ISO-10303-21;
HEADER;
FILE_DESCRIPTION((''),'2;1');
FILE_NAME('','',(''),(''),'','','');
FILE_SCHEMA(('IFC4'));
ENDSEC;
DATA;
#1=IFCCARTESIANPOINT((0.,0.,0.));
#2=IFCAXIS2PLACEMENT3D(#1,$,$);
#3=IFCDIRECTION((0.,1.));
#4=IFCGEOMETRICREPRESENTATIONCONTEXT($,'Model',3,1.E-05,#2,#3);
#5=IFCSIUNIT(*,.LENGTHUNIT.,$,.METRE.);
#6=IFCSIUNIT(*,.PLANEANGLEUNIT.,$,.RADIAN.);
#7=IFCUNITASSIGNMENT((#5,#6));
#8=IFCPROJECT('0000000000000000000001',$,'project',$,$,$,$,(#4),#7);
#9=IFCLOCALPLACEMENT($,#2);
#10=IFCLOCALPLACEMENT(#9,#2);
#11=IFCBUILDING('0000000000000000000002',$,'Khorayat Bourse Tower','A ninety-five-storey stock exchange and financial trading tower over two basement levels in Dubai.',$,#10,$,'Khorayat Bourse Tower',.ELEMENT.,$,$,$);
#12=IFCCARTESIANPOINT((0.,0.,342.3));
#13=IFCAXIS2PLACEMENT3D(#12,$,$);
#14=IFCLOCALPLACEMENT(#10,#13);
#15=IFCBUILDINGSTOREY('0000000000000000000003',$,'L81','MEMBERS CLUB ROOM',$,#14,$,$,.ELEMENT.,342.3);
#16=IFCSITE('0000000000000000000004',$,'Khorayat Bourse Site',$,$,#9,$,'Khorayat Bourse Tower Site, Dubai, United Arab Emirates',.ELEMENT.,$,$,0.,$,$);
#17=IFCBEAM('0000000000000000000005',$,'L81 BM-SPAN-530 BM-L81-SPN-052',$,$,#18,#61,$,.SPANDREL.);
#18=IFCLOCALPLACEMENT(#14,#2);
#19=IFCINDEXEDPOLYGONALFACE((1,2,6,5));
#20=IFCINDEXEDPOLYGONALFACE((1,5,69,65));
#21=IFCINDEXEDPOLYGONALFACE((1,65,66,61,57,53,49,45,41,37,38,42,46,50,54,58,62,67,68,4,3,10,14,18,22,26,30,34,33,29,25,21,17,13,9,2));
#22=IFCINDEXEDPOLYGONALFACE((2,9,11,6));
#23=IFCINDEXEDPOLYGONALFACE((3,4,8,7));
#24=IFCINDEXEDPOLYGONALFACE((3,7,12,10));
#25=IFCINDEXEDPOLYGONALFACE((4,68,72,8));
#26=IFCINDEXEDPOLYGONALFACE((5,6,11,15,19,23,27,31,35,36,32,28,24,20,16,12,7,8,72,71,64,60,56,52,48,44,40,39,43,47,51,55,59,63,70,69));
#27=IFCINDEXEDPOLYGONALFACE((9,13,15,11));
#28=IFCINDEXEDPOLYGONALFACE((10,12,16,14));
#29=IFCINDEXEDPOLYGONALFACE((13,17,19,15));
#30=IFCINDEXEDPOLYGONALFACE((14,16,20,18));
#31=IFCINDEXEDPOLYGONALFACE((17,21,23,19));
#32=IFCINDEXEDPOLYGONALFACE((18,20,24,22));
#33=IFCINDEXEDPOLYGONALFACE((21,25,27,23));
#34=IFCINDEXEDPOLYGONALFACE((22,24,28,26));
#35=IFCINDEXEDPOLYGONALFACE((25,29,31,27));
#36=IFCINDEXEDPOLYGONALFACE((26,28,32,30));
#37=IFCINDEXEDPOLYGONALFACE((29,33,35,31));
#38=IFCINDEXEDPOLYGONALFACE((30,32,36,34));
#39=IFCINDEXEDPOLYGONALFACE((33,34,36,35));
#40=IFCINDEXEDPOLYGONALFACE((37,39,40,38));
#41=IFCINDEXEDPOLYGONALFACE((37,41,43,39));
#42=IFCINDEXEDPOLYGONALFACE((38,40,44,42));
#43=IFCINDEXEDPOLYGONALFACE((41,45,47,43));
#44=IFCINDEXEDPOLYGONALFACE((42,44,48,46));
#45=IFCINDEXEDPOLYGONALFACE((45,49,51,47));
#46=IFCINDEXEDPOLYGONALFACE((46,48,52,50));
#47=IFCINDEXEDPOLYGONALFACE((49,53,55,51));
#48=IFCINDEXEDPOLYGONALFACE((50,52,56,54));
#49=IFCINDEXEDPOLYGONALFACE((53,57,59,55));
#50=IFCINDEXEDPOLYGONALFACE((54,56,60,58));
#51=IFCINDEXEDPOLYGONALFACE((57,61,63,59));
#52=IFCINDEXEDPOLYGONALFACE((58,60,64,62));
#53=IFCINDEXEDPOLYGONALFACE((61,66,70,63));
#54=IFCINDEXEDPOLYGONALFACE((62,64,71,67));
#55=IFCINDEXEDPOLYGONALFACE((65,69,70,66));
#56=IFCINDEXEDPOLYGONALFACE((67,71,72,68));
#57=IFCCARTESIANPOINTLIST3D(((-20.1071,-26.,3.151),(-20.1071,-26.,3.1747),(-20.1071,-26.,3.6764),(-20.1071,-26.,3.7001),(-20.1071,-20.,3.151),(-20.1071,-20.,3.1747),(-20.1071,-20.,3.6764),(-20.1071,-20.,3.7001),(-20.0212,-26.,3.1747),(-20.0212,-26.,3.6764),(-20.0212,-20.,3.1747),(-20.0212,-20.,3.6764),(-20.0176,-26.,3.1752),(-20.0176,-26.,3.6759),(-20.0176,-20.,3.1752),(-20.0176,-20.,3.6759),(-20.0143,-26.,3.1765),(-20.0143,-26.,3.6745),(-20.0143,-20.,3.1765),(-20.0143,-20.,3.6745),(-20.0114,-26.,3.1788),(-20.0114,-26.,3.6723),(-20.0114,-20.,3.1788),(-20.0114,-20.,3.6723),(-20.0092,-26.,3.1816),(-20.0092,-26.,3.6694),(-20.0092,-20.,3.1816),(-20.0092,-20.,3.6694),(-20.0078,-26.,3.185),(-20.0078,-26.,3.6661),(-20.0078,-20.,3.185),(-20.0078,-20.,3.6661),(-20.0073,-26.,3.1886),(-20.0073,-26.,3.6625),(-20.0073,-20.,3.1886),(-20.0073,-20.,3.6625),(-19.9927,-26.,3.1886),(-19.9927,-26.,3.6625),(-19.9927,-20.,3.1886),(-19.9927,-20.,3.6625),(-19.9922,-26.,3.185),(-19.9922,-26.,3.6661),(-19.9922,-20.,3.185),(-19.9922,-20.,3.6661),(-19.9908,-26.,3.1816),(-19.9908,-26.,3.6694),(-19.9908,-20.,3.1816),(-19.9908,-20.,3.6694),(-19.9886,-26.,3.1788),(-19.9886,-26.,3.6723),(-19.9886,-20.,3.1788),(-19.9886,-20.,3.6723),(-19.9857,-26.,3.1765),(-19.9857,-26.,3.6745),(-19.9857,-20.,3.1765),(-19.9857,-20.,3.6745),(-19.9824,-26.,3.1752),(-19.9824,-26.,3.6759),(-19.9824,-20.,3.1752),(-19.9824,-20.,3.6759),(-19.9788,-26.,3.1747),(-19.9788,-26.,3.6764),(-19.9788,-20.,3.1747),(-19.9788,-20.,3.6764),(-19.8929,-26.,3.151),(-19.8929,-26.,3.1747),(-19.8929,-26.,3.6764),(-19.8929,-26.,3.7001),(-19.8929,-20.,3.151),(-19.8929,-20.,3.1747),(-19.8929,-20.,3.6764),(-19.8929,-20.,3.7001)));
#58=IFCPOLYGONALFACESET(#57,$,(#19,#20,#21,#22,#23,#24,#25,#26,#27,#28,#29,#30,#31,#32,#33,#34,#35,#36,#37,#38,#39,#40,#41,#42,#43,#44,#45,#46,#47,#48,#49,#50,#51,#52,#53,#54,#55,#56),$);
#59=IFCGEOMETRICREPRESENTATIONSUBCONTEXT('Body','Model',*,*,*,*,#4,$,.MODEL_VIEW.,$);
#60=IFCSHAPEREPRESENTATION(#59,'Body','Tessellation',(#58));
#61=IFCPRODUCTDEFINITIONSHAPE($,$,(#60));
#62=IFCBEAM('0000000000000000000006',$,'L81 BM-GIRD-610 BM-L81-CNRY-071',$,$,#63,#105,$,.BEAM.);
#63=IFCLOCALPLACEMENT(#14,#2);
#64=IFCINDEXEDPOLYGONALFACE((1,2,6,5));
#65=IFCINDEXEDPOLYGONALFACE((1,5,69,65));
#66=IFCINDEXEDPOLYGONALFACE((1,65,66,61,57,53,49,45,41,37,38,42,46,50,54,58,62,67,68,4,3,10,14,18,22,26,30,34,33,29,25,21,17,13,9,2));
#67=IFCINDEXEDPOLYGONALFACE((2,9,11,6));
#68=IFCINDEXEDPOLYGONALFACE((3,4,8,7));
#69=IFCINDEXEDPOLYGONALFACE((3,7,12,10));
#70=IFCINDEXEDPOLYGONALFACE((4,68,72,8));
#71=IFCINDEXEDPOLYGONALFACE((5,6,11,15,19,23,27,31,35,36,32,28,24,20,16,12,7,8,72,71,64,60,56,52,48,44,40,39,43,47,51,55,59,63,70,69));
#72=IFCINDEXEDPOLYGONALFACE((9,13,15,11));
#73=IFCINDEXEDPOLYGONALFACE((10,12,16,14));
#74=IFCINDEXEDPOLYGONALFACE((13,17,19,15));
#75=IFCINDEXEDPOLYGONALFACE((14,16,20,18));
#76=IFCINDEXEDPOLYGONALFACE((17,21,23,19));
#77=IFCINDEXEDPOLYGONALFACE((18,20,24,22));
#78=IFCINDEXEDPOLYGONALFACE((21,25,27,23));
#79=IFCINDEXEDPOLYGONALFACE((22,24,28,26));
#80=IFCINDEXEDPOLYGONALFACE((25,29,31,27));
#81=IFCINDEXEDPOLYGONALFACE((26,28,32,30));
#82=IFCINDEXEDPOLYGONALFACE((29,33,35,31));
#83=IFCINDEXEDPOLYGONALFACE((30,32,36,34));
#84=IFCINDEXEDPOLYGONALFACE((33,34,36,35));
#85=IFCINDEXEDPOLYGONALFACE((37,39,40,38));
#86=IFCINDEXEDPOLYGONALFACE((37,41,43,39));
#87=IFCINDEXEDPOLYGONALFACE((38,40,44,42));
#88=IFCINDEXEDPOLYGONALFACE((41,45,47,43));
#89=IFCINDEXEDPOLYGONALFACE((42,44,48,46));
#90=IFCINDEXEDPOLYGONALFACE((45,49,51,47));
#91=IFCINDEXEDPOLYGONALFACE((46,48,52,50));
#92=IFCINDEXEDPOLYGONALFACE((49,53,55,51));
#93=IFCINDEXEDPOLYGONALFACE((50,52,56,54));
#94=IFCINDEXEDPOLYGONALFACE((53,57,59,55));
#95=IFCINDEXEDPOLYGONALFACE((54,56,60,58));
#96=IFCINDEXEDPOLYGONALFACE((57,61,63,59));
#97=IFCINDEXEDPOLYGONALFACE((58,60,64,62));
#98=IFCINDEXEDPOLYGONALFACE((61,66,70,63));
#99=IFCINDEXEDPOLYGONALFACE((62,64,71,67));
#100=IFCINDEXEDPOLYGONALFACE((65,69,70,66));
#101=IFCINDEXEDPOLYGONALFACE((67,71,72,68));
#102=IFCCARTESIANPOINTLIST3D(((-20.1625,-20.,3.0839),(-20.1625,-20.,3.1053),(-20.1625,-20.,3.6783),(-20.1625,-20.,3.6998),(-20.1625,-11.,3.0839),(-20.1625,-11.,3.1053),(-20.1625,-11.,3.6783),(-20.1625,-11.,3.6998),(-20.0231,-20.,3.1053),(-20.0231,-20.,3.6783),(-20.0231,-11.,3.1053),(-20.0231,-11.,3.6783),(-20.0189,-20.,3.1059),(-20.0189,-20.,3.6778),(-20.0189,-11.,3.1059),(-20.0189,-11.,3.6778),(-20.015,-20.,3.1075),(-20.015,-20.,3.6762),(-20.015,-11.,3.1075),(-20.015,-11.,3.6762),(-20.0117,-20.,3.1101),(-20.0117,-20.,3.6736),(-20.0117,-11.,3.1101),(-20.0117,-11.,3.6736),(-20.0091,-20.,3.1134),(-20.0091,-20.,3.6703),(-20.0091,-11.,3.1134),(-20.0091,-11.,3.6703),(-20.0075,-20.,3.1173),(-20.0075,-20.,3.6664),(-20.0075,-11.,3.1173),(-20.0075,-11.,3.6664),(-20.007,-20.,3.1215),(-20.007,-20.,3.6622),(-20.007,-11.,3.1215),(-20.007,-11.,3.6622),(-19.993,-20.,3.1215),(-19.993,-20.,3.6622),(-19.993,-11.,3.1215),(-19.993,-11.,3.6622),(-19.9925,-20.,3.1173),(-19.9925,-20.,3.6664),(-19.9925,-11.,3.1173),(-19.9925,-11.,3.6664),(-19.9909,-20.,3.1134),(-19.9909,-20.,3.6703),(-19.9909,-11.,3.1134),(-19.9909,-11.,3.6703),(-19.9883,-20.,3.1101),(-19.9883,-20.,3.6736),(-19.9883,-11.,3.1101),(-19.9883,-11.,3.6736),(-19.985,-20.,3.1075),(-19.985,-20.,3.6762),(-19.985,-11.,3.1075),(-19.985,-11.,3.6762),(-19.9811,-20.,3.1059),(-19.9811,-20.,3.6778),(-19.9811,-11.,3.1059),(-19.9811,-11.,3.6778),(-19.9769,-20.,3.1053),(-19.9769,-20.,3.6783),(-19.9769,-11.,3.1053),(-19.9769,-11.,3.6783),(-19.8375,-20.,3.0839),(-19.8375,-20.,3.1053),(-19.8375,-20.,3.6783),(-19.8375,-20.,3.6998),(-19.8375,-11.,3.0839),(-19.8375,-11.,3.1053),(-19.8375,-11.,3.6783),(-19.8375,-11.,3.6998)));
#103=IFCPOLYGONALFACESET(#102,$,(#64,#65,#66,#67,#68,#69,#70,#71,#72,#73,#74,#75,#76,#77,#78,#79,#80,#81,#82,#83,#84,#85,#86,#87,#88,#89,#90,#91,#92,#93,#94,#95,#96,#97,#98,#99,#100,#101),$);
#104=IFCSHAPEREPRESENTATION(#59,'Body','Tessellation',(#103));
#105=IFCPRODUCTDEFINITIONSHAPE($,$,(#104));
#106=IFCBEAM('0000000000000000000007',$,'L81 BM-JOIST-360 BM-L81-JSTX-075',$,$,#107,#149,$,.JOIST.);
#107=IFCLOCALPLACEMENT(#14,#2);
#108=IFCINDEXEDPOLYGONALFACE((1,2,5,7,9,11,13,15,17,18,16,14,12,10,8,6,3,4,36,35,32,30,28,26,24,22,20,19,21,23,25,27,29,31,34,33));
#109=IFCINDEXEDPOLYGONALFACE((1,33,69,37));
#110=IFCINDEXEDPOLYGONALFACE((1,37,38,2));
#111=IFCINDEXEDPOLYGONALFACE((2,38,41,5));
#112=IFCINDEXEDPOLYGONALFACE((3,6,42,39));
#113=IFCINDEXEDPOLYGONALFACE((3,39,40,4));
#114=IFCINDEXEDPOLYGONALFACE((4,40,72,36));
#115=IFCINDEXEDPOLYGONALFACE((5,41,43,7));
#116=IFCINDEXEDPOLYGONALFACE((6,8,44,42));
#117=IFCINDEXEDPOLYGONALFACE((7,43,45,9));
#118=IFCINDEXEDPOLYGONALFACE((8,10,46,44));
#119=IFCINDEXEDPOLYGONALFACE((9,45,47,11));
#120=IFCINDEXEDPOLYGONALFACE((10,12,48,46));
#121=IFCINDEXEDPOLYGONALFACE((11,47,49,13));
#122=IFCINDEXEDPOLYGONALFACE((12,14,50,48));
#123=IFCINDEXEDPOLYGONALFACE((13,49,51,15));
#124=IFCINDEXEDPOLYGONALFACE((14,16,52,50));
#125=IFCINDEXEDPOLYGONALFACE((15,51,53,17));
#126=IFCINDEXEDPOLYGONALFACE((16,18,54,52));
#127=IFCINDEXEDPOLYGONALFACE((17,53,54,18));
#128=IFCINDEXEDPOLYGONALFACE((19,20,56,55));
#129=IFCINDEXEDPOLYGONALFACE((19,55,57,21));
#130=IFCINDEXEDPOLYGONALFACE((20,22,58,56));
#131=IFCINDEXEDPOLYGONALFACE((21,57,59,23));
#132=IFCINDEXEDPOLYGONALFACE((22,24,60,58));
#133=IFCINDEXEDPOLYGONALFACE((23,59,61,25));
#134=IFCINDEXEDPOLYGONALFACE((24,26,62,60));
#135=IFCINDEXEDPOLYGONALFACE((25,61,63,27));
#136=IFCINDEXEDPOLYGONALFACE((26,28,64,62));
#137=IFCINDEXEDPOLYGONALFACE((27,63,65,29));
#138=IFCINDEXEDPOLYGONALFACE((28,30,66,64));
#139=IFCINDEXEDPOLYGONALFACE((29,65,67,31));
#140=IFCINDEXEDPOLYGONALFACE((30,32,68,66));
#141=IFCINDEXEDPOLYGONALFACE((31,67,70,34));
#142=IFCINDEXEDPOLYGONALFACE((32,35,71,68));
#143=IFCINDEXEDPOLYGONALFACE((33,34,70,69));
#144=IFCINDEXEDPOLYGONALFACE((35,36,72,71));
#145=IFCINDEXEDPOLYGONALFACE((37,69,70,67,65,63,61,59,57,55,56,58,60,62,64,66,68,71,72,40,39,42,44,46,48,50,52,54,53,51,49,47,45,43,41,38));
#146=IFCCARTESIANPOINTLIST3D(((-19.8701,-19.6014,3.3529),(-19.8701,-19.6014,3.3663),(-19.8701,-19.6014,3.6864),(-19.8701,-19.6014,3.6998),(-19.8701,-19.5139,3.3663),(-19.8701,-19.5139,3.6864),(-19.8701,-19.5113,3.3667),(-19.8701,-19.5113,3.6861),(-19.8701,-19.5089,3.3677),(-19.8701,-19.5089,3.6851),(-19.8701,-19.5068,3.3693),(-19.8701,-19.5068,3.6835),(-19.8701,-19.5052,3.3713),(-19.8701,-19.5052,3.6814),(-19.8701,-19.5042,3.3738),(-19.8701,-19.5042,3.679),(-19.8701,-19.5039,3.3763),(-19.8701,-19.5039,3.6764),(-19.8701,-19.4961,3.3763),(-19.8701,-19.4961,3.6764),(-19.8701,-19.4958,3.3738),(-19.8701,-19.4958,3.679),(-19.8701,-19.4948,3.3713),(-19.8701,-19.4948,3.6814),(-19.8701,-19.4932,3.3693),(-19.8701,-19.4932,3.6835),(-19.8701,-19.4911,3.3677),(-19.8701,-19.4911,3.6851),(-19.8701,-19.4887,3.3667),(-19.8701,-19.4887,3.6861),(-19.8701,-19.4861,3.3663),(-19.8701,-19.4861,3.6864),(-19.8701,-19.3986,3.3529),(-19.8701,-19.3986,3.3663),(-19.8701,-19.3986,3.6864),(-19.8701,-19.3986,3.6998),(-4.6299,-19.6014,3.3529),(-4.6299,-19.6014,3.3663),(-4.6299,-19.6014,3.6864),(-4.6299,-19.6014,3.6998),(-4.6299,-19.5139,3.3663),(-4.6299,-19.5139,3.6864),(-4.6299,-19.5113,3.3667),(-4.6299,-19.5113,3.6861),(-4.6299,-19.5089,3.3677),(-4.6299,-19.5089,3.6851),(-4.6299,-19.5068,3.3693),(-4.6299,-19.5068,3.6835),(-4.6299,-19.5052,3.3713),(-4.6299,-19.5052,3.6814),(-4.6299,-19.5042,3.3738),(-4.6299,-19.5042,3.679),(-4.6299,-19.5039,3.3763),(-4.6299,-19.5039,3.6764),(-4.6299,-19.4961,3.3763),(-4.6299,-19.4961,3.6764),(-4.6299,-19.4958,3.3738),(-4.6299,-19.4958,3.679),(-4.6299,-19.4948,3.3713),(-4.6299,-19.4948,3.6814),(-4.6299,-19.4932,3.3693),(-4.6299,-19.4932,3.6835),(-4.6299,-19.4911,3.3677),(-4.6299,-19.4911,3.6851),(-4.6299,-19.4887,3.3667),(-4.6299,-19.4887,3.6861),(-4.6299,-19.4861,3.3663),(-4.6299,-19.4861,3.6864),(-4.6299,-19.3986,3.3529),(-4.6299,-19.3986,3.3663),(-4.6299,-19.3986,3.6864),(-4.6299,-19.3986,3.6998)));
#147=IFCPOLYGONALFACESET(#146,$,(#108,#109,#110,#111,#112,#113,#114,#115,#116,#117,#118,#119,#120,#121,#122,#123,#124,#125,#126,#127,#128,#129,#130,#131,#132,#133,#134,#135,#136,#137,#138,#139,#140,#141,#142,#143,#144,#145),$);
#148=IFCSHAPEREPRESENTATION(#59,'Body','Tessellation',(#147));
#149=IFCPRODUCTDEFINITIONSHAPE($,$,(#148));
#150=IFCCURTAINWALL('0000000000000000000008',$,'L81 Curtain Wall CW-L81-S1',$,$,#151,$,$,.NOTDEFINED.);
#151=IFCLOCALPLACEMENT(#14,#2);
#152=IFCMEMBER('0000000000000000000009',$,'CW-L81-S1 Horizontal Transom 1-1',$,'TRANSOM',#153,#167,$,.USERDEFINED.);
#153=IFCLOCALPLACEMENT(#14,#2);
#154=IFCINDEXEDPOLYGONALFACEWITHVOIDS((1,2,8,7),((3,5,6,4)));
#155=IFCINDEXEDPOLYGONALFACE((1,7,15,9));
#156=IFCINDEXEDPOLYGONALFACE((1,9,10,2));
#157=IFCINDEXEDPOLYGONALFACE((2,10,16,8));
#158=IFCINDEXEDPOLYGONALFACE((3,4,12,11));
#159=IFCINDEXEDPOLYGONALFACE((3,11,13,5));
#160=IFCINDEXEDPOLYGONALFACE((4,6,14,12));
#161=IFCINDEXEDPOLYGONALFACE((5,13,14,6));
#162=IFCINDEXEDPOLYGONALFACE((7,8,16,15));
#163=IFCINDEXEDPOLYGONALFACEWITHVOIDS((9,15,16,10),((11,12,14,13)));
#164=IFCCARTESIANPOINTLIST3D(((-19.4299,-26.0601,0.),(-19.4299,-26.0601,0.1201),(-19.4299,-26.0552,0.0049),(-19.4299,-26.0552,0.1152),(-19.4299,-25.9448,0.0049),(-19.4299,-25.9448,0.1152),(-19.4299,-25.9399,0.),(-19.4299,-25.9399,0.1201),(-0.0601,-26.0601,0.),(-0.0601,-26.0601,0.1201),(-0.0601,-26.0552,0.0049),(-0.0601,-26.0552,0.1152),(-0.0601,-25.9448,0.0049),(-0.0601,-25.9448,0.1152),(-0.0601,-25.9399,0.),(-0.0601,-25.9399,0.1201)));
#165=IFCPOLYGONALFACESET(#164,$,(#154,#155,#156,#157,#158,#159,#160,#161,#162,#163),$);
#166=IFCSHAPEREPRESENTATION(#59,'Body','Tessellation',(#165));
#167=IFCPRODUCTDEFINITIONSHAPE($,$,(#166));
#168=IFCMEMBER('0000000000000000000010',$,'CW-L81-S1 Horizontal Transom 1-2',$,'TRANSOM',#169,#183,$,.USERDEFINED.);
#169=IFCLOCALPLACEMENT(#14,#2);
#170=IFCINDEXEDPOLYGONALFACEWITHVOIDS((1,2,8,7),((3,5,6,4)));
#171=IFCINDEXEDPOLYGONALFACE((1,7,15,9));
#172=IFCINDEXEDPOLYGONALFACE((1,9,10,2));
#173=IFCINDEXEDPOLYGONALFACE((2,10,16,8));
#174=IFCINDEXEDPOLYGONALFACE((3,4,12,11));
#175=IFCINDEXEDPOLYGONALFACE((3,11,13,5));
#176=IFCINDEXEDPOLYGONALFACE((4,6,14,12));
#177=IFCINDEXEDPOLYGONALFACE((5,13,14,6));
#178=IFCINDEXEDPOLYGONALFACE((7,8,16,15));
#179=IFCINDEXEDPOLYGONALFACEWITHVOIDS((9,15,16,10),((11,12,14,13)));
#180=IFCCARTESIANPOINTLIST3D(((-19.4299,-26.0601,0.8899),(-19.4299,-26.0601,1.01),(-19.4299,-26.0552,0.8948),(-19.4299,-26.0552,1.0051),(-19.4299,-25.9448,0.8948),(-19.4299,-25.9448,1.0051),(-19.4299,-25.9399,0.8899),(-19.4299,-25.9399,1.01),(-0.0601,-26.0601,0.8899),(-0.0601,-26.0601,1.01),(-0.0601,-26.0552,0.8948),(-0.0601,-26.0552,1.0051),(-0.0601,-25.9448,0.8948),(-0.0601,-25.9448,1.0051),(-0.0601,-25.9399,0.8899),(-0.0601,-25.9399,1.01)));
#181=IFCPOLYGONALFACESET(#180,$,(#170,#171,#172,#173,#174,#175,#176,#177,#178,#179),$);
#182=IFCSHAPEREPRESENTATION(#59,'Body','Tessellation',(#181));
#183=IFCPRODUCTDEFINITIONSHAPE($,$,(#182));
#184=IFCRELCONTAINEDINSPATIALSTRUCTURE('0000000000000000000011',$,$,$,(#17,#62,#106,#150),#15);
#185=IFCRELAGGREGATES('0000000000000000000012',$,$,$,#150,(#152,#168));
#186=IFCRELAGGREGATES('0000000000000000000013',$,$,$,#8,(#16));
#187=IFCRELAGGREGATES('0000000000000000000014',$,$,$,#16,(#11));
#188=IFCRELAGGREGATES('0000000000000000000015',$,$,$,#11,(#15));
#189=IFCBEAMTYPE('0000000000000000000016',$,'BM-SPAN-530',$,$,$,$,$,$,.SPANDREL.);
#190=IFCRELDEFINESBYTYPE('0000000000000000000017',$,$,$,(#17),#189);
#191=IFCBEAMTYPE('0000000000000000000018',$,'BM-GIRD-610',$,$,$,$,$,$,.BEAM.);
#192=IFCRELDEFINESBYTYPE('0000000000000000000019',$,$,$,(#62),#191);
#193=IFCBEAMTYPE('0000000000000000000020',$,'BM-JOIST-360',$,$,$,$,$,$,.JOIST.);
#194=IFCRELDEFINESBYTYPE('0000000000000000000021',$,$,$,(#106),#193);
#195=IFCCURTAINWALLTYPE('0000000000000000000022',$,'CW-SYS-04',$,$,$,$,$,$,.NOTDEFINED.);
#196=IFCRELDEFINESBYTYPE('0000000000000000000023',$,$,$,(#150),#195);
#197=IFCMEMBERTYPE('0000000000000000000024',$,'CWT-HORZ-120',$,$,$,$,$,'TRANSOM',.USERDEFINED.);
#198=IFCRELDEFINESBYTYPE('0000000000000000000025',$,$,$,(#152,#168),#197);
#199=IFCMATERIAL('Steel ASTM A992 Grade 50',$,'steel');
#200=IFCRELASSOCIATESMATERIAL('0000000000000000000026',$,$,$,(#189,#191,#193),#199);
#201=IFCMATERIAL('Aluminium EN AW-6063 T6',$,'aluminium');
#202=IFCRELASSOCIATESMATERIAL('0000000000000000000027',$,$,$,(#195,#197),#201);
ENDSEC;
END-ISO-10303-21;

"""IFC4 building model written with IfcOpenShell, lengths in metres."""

from ifc_helpers import new_model, si_unit, direction, frame, origin, origin_2d, place, context, subcontext, project, spatial, hollow_rectangle, i_section, extrude, source, transform, mapped, material, material_profile, profile_set, type_object, element, aggregate, save


model = new_model("IFC4")

# Units and contexts
model_context = context("Model", 3, precision=1e-05, world=origin(), true_north=direction((0.0, 1.0)))
body_context = subcontext(model_context, "Body", "Model", "MODEL_VIEW")
ifc_project = project(units=[si_unit("LENGTHUNIT", "METRE"), si_unit("PLANEANGLEUNIT", "RADIAN")], contexts=[model_context])

# Site, building, storey
site_placement = place(None, origin())
site = spatial("IfcSite", under=ifc_project, at=site_placement, Name="Khorayat Bourse Site", LongName="Khorayat Bourse Tower Site, Dubai, United Arab Emirates", CompositionType="ELEMENT", RefElevation=0.0)
building_placement = place(site_placement, origin())
building = spatial("IfcBuilding", under=site, at=building_placement, Name="Khorayat Bourse Tower", Description="A ninety-five-storey stock exchange and financial trading tower over two basement levels in Dubai.", LongName="Khorayat Bourse Tower", CompositionType="ELEMENT")
storey_placement = place(building_placement, frame((0.0, 0.0, 342.3)))
storey = spatial("IfcBuildingStorey", under=building, at=storey_placement, Name="L81", Description="MEMBERS CLUB ROOM", CompositionType="ELEMENT", Elevation=342.3)

# Beams
ifc_material_1 = material(Name="Steel ASTM A992 Grade 50", Category="steel")
ifc_material_profile_1 = material_profile(ifc_material_1, i_section(OverallWidth=0.2141, OverallDepth=0.5491, WebThickness=0.0146, FlangeThickness=0.0237, FilletRadius=0.0139, at=origin_2d()), Name="W530X138")
ifc_profile_set_1 = profile_set([ifc_material_profile_1], Name="Steel ASTM A992 Grade 50")
beam_type_1 = type_object("IfcBeamType", Name="BM-SPAN-530", PredefinedType="SPANDREL", material=ifc_profile_set_1)
shared_shape_1 = source(origin(), body_context, "Body", "SweptSolid", [
    extrude(i_section(OverallWidth=0.2141, OverallDepth=0.5491, WebThickness=0.0146, FlangeThickness=0.0237, FilletRadius=0.0139, at=origin_2d()), origin(), (0.0, 0.0, 1.0), 6.0),
])
for number, where, z_axis, x_axis, name in (
    (1, (-20.0, -26.0, 3.4255), (0.0, 1.0, 0.0), (-1.0, 0.0, 0.0), "L81 BM-SPAN-530 BM-L81-SPN-052"),
):
    element("IfcBeam", number, at=place(storey_placement, frame(where, z_axis=z_axis, x_axis=x_axis)), inside=storey, type_object=beam_type_1, Name=name, PredefinedType="SPANDREL", context=body_context, shape_type="MappedRepresentation", body=[
        mapped(shared_shape_1, transform((0.0, 0.0, 0.0), scale=1.0)),
    ])
ifc_material_profile_2 = material_profile(ifc_material_1, i_section(OverallWidth=0.325, OverallDepth=0.616, WebThickness=0.0139, FlangeThickness=0.0215, FilletRadius=0.0161, at=origin_2d()), Name="W610X174")
ifc_profile_set_2 = profile_set([ifc_material_profile_2], Name="Steel ASTM A992 Grade 50")
beam_type_2 = type_object("IfcBeamType", Name="BM-GIRD-610", PredefinedType="BEAM", material=ifc_profile_set_2)
shared_shape_2 = source(origin(), body_context, "Body", "SweptSolid", [
    extrude(i_section(OverallWidth=0.325, OverallDepth=0.616, WebThickness=0.0139, FlangeThickness=0.0215, FilletRadius=0.0161, at=origin_2d()), origin(), (0.0, 0.0, 1.0), 9.0),
])
beam_1_placement = place(storey_placement, frame((-20.0, -20.0, 3.3918), z_axis=(0.0, 1.0, 0.0), x_axis=(-1.0, 0.0, 0.0)))
element("IfcBeam", 2, at=beam_1_placement, inside=storey, type_object=beam_type_2, Name="L81 BM-GIRD-610 BM-L81-CNRY-071", PredefinedType="BEAM", context=body_context, shape_type="MappedRepresentation", body=[
    mapped(shared_shape_2, transform((0.0, 0.0, 0.0), scale=1.0)),
])
ifc_material_profile_3 = material_profile(ifc_material_1, i_section(OverallWidth=0.2029, OverallDepth=0.3469, WebThickness=0.0078, FlangeThickness=0.0134, FilletRadius=0.01, at=origin_2d()), Name="W360X64")
ifc_profile_set_3 = profile_set([ifc_material_profile_3], Name="Steel ASTM A992 Grade 50")
beam_type_3 = type_object("IfcBeamType", Name="BM-JOIST-360", PredefinedType="JOIST", material=ifc_profile_set_3)
shared_shape_3 = source(origin(), body_context, "Body", "SweptSolid", [
    extrude(i_section(OverallWidth=0.2029, OverallDepth=0.3469, WebThickness=0.0078, FlangeThickness=0.0134, FilletRadius=0.01, at=origin_2d()), origin(), (0.0, 0.0, 1.0), 15.2402),
])
beam_2_placement = place(storey_placement, frame((-19.8701, -19.5, 3.5264), z_axis=(1.0, 0.0, 0.0), x_axis=(0.0, 1.0, 0.0)))
element("IfcBeam", 3, at=beam_2_placement, inside=storey, type_object=beam_type_3, Name="L81 BM-JOIST-360 BM-L81-JSTX-075", PredefinedType="JOIST", context=body_context, shape_type="MappedRepresentation", body=[
    mapped(shared_shape_3, transform((0.0, 0.0, 0.0), scale=1.0)),
])

# Curtain wall, members
ifc_material_2 = material(Name="Aluminium EN AW-6063 T6", Category="aluminium")
curtain_wall_type = type_object("IfcCurtainWallType", Name="CW-SYS-04", PredefinedType="NOTDEFINED", material=ifc_material_2)
curtain_wall_1_placement = place(storey_placement, origin())
curtain_wall_1 = element("IfcCurtainWall", 4, at=curtain_wall_1_placement, inside=storey, type_object=curtain_wall_type, Name="L81 Curtain Wall CW-L81-S1", PredefinedType="NOTDEFINED")
ifc_material_profile_4 = material_profile(ifc_material_2, hollow_rectangle(XDim=0.1201, YDim=0.1201, WallThickness=0.0049, at=origin_2d()), Name="ALU 120x120x5")
ifc_profile_set_4 = profile_set([ifc_material_profile_4], Name="Aluminium EN AW-6063 T6")
member_type_1 = type_object("IfcMemberType", Name="CWT-HORZ-120", ElementType="TRANSOM", PredefinedType="USERDEFINED", material=ifc_profile_set_4)
shared_shape_4 = source(origin(), body_context, "Body", "SweptSolid", [
    extrude(hollow_rectangle(XDim=0.1201, YDim=0.1201, WallThickness=0.0049, at=origin_2d()), origin(), (0.0, 0.0, 1.0), 19.3699),
])
member_1_placement = place(storey_placement, frame((-19.4299, -26.0, 0.0601), z_axis=(1.0, 0.0, 0.0), x_axis=(0.0, 1.0, 0.0)))
member_1 = element("IfcMember", 5, at=member_1_placement, type_object=member_type_1, Name="CW-L81-S1 Horizontal Transom 1-1", ObjectType="TRANSOM", PredefinedType="USERDEFINED", context=body_context, shape_type="MappedRepresentation", body=[
    mapped(shared_shape_4, transform((0.0, 0.0, 0.0), scale=1.0)),
])
member_2_placement = place(storey_placement, frame((-19.4299, -26.0, 0.95), z_axis=(1.0, 0.0, 0.0), x_axis=(0.0, 1.0, 0.0)))
member_2 = element("IfcMember", 6, at=member_2_placement, type_object=member_type_1, Name="CW-L81-S1 Horizontal Transom 1-2", ObjectType="TRANSOM", PredefinedType="USERDEFINED", context=body_context, shape_type="MappedRepresentation", body=[
    mapped(shared_shape_4, transform((0.0, 0.0, 0.0), scale=1.0)),
])

aggregate(curtain_wall_1, [member_1, member_2])

save(model, "model.ifc")
